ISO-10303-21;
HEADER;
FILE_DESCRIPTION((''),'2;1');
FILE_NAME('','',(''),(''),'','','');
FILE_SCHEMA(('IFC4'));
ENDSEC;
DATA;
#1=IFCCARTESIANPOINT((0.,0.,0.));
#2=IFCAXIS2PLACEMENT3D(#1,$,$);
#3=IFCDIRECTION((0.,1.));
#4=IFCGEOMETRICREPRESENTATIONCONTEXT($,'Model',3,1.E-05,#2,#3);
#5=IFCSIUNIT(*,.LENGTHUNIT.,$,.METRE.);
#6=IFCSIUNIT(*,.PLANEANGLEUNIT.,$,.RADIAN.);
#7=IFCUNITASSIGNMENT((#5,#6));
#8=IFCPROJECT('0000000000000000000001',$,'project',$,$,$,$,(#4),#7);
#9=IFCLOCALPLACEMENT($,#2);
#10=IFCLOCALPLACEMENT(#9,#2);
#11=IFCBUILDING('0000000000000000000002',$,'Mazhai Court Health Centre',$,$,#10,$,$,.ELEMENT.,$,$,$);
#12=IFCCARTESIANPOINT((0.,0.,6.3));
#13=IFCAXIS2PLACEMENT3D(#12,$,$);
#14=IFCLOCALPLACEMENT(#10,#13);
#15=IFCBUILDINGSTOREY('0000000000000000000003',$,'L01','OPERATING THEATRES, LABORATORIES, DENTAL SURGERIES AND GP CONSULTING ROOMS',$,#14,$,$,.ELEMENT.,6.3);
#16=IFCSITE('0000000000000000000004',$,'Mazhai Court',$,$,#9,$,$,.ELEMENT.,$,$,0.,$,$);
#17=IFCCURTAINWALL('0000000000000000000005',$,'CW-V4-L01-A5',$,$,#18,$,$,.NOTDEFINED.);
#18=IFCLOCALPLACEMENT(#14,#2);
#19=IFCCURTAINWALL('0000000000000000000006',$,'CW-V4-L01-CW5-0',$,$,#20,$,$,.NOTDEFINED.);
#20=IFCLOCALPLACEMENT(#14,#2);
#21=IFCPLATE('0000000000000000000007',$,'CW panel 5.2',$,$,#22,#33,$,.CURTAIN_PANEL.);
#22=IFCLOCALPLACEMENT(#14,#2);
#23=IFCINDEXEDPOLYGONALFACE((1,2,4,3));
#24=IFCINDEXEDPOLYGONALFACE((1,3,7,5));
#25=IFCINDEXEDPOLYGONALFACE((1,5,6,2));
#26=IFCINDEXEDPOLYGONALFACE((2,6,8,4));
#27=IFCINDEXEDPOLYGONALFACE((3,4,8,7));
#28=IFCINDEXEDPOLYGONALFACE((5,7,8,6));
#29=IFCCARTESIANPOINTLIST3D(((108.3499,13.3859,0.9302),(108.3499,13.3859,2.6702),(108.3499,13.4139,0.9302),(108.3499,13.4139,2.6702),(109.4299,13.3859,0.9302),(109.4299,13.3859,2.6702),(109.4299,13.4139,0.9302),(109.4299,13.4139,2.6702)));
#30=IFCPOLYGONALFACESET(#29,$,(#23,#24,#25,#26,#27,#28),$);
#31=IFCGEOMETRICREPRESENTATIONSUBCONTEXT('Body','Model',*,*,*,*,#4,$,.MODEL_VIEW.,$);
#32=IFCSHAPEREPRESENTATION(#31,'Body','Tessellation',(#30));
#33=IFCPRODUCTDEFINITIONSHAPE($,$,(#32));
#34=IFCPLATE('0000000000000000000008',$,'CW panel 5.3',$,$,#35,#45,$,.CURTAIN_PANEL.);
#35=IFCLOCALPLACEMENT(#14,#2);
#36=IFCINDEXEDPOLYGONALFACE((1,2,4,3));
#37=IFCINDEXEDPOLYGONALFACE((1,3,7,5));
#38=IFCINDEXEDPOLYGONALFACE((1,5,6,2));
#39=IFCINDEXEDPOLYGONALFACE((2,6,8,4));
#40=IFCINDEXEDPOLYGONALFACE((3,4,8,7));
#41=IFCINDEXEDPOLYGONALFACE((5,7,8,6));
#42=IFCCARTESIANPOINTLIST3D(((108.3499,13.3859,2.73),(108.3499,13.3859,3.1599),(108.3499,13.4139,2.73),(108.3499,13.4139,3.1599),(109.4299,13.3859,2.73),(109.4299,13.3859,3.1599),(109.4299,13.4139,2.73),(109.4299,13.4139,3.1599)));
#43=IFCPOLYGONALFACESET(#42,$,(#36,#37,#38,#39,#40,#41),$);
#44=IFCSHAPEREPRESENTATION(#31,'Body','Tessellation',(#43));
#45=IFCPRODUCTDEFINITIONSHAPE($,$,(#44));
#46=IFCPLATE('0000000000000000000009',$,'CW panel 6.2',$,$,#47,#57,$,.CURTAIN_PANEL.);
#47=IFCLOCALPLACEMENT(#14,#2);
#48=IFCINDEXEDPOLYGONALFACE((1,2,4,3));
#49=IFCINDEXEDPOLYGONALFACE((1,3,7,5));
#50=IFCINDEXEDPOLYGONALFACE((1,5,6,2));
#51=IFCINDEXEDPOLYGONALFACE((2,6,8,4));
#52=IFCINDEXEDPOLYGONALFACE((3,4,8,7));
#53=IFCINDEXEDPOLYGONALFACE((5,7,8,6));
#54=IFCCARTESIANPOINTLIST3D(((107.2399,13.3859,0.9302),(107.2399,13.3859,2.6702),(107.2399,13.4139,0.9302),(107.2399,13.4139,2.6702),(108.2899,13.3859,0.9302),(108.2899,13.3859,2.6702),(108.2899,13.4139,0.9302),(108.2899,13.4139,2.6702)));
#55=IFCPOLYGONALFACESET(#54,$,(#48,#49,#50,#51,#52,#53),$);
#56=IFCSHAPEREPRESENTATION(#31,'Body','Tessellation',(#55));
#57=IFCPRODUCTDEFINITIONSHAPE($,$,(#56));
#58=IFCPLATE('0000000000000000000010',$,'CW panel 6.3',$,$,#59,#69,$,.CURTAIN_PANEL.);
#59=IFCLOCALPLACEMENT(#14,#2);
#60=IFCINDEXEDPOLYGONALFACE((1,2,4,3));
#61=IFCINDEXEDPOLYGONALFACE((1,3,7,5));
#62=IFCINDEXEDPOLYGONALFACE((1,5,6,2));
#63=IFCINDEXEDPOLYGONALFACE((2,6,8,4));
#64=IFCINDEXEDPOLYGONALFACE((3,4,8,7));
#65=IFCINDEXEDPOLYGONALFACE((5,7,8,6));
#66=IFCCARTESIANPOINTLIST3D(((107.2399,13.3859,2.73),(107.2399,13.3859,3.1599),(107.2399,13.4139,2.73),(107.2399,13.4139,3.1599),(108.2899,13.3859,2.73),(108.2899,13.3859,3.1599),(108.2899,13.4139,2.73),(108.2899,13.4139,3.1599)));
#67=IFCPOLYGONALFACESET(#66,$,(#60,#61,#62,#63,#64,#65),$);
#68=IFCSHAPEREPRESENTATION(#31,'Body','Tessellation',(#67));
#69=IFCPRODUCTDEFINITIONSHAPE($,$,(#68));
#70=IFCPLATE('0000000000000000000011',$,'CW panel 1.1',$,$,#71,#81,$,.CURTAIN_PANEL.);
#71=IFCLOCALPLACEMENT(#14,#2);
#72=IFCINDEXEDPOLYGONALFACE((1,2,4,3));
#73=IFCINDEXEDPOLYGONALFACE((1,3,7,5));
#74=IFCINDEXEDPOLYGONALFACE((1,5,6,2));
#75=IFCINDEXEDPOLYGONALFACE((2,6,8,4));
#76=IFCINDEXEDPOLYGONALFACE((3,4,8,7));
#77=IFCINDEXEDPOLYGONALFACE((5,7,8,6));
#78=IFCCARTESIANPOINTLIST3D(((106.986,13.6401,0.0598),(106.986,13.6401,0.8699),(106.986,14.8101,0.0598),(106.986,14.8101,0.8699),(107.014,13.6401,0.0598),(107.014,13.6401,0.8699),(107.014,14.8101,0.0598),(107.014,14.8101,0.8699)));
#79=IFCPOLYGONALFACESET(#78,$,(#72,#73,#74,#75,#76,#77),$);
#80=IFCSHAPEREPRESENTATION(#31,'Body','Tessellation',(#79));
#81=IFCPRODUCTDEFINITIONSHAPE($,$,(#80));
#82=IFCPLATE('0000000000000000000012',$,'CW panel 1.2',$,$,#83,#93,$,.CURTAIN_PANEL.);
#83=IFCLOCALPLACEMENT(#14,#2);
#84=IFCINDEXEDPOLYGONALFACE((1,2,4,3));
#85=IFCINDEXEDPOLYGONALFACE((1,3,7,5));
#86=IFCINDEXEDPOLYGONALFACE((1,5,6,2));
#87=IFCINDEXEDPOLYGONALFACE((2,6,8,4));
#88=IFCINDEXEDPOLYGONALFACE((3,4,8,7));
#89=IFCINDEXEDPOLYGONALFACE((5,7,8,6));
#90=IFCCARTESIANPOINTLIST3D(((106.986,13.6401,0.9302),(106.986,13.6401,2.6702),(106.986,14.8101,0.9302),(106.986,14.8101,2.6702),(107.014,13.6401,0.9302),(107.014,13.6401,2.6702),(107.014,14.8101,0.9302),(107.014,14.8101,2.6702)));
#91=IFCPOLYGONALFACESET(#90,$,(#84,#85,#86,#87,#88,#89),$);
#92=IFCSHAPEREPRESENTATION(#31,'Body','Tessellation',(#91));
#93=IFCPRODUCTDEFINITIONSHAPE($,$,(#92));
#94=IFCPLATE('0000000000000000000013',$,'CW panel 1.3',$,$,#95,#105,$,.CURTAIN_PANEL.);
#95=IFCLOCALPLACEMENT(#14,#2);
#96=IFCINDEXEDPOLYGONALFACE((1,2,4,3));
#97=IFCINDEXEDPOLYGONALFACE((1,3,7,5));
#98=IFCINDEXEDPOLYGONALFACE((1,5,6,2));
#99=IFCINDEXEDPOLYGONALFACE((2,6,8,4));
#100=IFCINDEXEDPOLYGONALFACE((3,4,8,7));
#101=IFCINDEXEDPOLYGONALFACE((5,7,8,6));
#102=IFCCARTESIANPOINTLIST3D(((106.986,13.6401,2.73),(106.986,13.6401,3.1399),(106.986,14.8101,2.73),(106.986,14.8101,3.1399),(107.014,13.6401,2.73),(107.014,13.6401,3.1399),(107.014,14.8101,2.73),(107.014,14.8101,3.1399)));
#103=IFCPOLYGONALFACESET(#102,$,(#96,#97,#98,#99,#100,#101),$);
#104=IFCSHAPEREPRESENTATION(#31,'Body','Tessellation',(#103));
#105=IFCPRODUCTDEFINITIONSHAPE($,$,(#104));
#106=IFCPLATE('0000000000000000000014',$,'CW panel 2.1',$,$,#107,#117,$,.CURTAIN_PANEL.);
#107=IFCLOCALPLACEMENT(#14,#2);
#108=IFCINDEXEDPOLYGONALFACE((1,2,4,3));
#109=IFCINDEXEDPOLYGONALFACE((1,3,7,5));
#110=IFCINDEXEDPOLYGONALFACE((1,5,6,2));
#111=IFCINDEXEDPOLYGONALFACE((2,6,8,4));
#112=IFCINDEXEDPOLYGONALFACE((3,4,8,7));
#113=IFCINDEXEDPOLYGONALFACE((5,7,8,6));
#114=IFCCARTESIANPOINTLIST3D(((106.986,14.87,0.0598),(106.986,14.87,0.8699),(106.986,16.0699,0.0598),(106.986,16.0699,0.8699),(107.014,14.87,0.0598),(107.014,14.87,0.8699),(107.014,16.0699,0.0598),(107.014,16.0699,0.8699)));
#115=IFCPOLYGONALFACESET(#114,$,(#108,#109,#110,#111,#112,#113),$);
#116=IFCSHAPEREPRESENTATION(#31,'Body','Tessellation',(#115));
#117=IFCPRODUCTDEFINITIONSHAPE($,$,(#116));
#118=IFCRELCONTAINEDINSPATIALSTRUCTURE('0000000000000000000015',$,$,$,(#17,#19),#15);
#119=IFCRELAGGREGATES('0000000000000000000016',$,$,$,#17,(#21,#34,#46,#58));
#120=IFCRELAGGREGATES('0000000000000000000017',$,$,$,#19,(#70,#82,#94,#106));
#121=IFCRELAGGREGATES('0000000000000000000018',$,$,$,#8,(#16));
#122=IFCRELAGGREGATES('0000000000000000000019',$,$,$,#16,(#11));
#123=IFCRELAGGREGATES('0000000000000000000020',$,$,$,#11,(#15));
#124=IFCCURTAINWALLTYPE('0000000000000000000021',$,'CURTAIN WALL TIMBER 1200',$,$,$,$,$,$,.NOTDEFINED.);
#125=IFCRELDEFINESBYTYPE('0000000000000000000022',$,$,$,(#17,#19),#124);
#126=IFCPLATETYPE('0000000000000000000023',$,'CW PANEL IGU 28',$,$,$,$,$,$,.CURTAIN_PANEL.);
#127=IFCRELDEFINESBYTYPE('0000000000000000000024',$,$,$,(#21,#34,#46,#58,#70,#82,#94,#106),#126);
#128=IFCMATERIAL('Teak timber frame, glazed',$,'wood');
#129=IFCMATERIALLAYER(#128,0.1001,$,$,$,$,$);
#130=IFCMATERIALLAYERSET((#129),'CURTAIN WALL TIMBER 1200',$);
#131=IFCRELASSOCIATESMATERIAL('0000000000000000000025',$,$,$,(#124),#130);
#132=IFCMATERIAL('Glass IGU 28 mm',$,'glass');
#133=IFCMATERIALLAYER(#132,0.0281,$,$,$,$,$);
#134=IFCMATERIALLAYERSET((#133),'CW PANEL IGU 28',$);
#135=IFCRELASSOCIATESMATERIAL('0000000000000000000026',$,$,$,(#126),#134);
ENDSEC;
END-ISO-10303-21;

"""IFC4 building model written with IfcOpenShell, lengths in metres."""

from ifc_helpers import new_model, si_unit, direction, frame, origin, origin_2d, place, context, subcontext, project, spatial, rectangle, extrude, material, layer, layer_set, type_object, element, aggregate, save


model = new_model("IFC4")

# Units and contexts
model_context = context("Model", 3, precision=1e-05, world=origin(), true_north=direction((0.0, 1.0)))
body_context = subcontext(model_context, "Body", "Model", "MODEL_VIEW")
ifc_project = project(units=[si_unit("LENGTHUNIT", "METRE"), si_unit("PLANEANGLEUNIT", "RADIAN")], contexts=[model_context])

# Site, building, storey
site_placement = place(None, origin())
site = spatial("IfcSite", under=ifc_project, at=site_placement, Name="Mazhai Court", CompositionType="ELEMENT", RefElevation=0.0)
building_placement = place(site_placement, origin())
building = spatial("IfcBuilding", under=site, at=building_placement, Name="Mazhai Court Health Centre", CompositionType="ELEMENT")
storey_placement = place(building_placement, frame((0.0, 0.0, 6.3)))
storey = spatial("IfcBuildingStorey", under=building, at=storey_placement, Name="L01", Description="OPERATING THEATRES, LABORATORIES, DENTAL SURGERIES AND GP CONSULTING ROOMS", CompositionType="ELEMENT", Elevation=6.3)

# Curtain walls
ifc_material_1 = material(Name="Teak timber frame, glazed", Category="wood")
ifc_layer_1 = layer(ifc_material_1, 0.1001)
ifc_layer_set_1 = layer_set([ifc_layer_1], Name="CURTAIN WALL TIMBER 1200")
curtain_wall_type = type_object("IfcCurtainWallType", Name="CURTAIN WALL TIMBER 1200", PredefinedType="NOTDEFINED", material=ifc_layer_set_1)
curtain_wall_1_placement = place(storey_placement, origin())
curtain_wall_1 = element("IfcCurtainWall", 1, at=curtain_wall_1_placement, inside=storey, type_object=curtain_wall_type, Name="CW-V4-L01-A5", PredefinedType="NOTDEFINED")
curtain_wall_2_placement = place(storey_placement, origin())
curtain_wall_2 = element("IfcCurtainWall", 2, at=curtain_wall_2_placement, inside=storey, type_object=curtain_wall_type, Name="CW-V4-L01-CW5-0", PredefinedType="NOTDEFINED")

# Plates
ifc_material_2 = material(Name="Glass IGU 28 mm", Category="glass")
ifc_layer_2 = layer(ifc_material_2, 0.0281)
ifc_layer_set_2 = layer_set([ifc_layer_2], Name="CW PANEL IGU 28")
plate_type = type_object("IfcPlateType", Name="CW PANEL IGU 28", PredefinedType="CURTAIN_PANEL", material=ifc_layer_set_2)
plate_1_placement = place(storey_placement, frame((108.8899, 13.3999, 0.9302), z_axis=(0.0, 0.0, 1.0), x_axis=(-1.0, 0.0, 0.0)))
plate_1 = element("IfcPlate", 3, at=plate_1_placement, type_object=plate_type, Name="CW panel 5.2", PredefinedType="CURTAIN_PANEL", context=body_context, shape_type="SweptSolid", body=[
    extrude(rectangle(XDim=1.0801, YDim=0.0281, at=origin_2d()), origin(), (0.0, 0.0, 1.0), 1.74),
])
plate_2_placement = place(storey_placement, frame((108.8899, 13.3999, 2.73), z_axis=(0.0, 0.0, 1.0), x_axis=(-1.0, 0.0, 0.0)))
plate_2 = element("IfcPlate", 4, at=plate_2_placement, type_object=plate_type, Name="CW panel 5.3", PredefinedType="CURTAIN_PANEL", context=body_context, shape_type="SweptSolid", body=[
    extrude(rectangle(XDim=1.0801, YDim=0.0281, at=origin_2d()), origin(), (0.0, 0.0, 1.0), 0.4299),
])
plate_3_placement = place(storey_placement, frame((107.7649, 13.3999, 0.9302), z_axis=(0.0, 0.0, 1.0), x_axis=(-1.0, 0.0, 0.0)))
plate_3 = element("IfcPlate", 5, at=plate_3_placement, type_object=plate_type, Name="CW panel 6.2", PredefinedType="CURTAIN_PANEL", context=body_context, shape_type="SweptSolid", body=[
    extrude(rectangle(XDim=1.05, YDim=0.0281, at=origin_2d()), origin(), (0.0, 0.0, 1.0), 1.74),
])
plate_4_placement = place(storey_placement, frame((107.7649, 13.3999, 2.73), z_axis=(0.0, 0.0, 1.0), x_axis=(-1.0, 0.0, 0.0)))
plate_4 = element("IfcPlate", 6, at=plate_4_placement, type_object=plate_type, Name="CW panel 6.3", PredefinedType="CURTAIN_PANEL", context=body_context, shape_type="SweptSolid", body=[
    extrude(rectangle(XDim=1.05, YDim=0.0281, at=origin_2d()), origin(), (0.0, 0.0, 1.0), 0.4299),
])
aggregate(curtain_wall_1, [plate_1, plate_2, plate_3, plate_4])
plate_5_placement = place(storey_placement, frame((107.0, 14.2251, 0.0598), z_axis=(0.0, 0.0, 1.0), x_axis=(0.0, 1.0, 0.0)))
plate_5 = element("IfcPlate", 7, at=plate_5_placement, type_object=plate_type, Name="CW panel 1.1", PredefinedType="CURTAIN_PANEL", context=body_context, shape_type="SweptSolid", body=[
    extrude(rectangle(XDim=1.1699, YDim=0.0281, at=origin_2d()), origin(), (0.0, 0.0, 1.0), 0.8101),
])
plate_6_placement = place(storey_placement, frame((107.0, 14.2251, 0.9302), z_axis=(0.0, 0.0, 1.0), x_axis=(0.0, 1.0, 0.0)))
plate_6 = element("IfcPlate", 8, at=plate_6_placement, type_object=plate_type, Name="CW panel 1.2", PredefinedType="CURTAIN_PANEL", context=body_context, shape_type="SweptSolid", body=[
    extrude(rectangle(XDim=1.1699, YDim=0.0281, at=origin_2d()), origin(), (0.0, 0.0, 1.0), 1.74),
])
plate_7_placement = place(storey_placement, frame((107.0, 14.2251, 2.73), z_axis=(0.0, 0.0, 1.0), x_axis=(0.0, 1.0, 0.0)))
plate_7 = element("IfcPlate", 9, at=plate_7_placement, type_object=plate_type, Name="CW panel 1.3", PredefinedType="CURTAIN_PANEL", context=body_context, shape_type="SweptSolid", body=[
    extrude(rectangle(XDim=1.1699, YDim=0.0281, at=origin_2d()), origin(), (0.0, 0.0, 1.0), 0.4099),
])
plate_8_placement = place(storey_placement, frame((107.0, 15.47, 0.0598), z_axis=(0.0, 0.0, 1.0), x_axis=(0.0, 1.0, 0.0)))
plate_8 = element("IfcPlate", 10, at=plate_8_placement, type_object=plate_type, Name="CW panel 2.1", PredefinedType="CURTAIN_PANEL", context=body_context, shape_type="SweptSolid", body=[
    extrude(rectangle(XDim=1.2, YDim=0.0281, at=origin_2d()), origin(), (0.0, 0.0, 1.0), 0.8101),
])
aggregate(curtain_wall_2, [plate_5, plate_6, plate_7, plate_8])

save(model, "model.ifc")
